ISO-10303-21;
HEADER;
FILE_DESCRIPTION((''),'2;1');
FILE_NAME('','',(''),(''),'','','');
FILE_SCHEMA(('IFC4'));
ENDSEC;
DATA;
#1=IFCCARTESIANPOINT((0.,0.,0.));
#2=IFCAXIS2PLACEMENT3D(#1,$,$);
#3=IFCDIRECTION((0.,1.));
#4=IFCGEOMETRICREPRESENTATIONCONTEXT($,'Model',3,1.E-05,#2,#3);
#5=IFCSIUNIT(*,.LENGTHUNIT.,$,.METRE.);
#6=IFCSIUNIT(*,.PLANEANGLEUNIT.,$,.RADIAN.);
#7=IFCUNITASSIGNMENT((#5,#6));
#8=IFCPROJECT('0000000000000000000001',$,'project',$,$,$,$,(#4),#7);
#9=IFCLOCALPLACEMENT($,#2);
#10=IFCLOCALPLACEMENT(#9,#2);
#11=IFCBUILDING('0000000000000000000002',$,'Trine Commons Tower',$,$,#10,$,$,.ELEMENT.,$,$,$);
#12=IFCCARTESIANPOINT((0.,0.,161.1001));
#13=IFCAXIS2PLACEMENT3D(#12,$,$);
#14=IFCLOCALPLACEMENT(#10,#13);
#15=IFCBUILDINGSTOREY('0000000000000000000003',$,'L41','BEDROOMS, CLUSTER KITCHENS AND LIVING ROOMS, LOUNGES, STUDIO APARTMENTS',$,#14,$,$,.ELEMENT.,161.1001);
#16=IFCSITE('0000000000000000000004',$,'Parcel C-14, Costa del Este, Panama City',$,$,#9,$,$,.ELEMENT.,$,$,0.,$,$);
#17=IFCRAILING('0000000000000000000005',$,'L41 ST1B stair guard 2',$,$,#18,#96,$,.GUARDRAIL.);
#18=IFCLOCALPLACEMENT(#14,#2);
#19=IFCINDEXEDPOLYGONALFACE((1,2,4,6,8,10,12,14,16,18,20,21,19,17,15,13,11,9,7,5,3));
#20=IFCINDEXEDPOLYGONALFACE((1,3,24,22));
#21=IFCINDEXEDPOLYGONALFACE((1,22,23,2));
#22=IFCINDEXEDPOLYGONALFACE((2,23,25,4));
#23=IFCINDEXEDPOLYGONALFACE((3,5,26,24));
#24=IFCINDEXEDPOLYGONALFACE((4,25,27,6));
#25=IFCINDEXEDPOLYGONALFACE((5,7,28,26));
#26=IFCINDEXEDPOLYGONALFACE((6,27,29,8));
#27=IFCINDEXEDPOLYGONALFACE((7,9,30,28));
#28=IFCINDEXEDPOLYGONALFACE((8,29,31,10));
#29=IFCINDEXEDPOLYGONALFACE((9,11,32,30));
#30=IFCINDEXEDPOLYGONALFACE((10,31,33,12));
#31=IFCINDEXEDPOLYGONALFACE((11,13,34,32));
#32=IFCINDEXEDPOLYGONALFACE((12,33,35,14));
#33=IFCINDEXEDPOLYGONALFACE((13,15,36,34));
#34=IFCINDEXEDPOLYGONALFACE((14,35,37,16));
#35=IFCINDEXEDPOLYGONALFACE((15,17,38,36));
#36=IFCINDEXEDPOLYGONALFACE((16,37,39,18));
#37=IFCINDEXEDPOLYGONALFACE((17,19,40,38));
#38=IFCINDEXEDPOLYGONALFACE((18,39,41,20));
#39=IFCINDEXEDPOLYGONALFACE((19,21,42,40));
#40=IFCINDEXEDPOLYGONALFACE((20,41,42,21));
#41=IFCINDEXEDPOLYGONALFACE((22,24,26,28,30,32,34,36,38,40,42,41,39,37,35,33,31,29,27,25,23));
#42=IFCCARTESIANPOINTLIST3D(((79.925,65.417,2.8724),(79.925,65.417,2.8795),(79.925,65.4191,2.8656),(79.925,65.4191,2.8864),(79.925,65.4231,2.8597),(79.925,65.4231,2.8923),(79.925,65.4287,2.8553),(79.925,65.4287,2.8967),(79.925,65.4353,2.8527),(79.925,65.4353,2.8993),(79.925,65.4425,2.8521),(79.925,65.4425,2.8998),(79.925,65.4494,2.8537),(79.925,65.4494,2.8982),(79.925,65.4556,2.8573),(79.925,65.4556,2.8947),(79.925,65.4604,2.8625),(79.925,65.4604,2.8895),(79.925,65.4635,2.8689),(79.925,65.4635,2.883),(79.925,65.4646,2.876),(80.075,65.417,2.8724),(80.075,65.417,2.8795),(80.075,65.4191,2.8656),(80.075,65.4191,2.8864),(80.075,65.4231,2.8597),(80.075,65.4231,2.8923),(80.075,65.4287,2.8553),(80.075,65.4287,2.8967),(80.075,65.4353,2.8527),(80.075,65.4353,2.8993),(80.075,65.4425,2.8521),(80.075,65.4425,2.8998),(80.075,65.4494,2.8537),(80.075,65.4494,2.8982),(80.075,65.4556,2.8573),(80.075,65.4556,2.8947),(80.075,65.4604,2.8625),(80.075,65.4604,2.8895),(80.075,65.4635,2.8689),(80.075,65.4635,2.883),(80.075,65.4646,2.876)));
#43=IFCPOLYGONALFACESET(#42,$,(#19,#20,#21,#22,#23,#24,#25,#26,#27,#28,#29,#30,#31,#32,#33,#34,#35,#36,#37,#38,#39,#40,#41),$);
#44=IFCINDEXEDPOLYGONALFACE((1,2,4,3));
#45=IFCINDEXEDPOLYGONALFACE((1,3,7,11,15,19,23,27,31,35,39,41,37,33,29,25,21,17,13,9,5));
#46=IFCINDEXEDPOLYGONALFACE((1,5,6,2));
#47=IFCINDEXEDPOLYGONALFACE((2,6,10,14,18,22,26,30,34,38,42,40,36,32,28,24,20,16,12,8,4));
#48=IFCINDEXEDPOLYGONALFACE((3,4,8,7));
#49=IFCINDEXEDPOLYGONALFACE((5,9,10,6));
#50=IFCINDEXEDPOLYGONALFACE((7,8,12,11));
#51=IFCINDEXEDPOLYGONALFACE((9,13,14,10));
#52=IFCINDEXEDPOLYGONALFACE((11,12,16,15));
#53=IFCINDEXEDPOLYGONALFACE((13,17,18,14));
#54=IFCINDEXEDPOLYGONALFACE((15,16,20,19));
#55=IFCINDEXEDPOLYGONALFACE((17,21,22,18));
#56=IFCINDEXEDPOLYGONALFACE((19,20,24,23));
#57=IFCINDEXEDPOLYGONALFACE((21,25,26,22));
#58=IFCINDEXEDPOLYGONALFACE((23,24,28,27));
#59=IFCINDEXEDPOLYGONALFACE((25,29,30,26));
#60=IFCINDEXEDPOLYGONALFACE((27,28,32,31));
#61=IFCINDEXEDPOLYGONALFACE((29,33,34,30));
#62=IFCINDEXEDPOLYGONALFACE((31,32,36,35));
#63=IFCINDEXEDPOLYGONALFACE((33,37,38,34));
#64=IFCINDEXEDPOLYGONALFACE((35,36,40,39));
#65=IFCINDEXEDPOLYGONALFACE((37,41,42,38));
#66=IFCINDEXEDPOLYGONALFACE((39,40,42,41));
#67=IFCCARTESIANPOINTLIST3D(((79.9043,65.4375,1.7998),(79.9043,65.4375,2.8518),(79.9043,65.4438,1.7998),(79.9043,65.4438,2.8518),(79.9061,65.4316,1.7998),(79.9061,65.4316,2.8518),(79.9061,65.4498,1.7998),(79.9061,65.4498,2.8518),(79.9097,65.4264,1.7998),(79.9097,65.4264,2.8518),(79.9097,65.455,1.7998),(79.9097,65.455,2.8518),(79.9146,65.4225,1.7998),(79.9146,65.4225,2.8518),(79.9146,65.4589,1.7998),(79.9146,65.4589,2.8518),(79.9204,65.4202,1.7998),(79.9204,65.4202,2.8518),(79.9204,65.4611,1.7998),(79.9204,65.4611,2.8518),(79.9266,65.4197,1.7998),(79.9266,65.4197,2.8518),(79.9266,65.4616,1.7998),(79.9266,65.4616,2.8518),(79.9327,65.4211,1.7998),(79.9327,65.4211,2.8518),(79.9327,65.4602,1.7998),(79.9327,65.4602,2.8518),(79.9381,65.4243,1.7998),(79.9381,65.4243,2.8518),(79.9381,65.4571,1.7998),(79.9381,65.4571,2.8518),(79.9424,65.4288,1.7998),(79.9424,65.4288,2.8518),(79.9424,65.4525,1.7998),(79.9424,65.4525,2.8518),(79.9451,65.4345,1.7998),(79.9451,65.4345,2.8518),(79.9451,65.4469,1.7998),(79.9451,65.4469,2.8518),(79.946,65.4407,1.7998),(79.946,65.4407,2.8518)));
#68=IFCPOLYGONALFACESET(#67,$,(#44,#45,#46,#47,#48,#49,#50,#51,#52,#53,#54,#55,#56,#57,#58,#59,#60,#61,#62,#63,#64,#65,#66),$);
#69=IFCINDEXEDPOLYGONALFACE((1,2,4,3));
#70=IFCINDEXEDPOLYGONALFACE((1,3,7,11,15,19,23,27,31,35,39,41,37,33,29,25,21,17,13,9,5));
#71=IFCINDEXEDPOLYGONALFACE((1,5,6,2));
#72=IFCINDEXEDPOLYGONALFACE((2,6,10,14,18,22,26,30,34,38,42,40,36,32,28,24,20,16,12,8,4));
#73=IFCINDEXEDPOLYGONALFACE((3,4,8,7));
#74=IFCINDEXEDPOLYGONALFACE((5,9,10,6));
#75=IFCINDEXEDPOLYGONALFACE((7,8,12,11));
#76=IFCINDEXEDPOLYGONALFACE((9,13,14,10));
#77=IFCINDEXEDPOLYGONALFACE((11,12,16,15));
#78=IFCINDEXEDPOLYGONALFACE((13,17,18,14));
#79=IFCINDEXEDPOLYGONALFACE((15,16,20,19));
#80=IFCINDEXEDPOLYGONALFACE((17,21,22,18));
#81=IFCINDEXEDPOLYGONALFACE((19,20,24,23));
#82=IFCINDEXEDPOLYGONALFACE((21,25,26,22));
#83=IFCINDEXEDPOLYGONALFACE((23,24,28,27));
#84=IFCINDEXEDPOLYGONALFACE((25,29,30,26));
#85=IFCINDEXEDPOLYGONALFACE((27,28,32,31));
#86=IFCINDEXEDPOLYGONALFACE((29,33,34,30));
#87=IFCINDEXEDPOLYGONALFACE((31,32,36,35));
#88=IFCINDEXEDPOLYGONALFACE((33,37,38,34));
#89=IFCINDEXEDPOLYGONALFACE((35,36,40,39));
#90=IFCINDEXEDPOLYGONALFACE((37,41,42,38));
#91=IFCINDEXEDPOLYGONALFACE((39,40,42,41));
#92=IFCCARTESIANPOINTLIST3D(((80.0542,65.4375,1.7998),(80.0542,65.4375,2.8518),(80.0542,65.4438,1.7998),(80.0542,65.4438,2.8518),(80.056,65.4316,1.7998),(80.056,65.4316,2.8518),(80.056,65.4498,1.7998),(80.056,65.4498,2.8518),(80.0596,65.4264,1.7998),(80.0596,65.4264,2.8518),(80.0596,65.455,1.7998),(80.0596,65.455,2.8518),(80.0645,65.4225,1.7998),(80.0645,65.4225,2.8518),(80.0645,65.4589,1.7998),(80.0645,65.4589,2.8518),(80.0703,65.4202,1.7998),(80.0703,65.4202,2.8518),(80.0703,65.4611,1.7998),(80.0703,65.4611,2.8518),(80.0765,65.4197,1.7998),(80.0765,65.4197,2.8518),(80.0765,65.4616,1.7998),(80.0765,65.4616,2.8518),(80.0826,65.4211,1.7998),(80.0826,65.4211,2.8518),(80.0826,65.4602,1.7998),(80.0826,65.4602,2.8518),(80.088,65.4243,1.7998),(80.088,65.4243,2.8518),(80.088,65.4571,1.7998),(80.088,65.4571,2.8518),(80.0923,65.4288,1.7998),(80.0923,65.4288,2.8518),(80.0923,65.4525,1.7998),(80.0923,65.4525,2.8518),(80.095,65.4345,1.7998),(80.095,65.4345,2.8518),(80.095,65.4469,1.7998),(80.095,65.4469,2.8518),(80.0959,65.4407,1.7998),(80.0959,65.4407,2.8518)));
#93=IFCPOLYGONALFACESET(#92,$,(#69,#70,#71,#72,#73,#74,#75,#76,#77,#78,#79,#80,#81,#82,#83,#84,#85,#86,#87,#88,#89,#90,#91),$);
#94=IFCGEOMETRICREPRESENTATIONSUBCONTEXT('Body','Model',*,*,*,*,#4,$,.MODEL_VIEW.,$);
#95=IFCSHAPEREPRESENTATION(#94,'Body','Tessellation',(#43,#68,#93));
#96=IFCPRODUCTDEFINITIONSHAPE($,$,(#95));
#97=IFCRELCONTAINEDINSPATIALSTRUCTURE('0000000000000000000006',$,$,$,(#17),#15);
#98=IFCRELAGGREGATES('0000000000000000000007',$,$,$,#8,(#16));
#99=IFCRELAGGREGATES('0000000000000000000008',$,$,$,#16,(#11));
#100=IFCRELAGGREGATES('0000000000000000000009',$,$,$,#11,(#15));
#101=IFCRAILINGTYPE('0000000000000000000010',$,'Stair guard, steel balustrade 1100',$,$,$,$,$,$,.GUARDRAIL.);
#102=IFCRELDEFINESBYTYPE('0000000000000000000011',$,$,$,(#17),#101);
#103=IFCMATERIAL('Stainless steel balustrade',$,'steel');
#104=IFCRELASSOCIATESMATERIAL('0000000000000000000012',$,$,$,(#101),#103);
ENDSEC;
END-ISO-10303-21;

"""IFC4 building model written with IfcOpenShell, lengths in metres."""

from ifc_helpers import new_model, si_unit, direction, frame, origin, origin_2d, place, context, subcontext, project, spatial, circle, extrude, material, type_object, element, save


model = new_model("IFC4")

# Units and contexts
model_context = context("Model", 3, precision=1e-05, world=origin(), true_north=direction((0.0, 1.0)))
body_context = subcontext(model_context, "Body", "Model", "MODEL_VIEW")
ifc_project = project(units=[si_unit("LENGTHUNIT", "METRE"), si_unit("PLANEANGLEUNIT", "RADIAN")], contexts=[model_context])

# Site, building, storey
site_placement = place(None, origin())
site = spatial("IfcSite", under=ifc_project, at=site_placement, Name="Parcel C-14, Costa del Este, Panama City", CompositionType="ELEMENT", RefElevation=0.0)
building_placement = place(site_placement, origin())
building = spatial("IfcBuilding", under=site, at=building_placement, Name="Trine Commons Tower", CompositionType="ELEMENT")
storey_placement = place(building_placement, frame((0.0, 0.0, 161.1001)))
storey = spatial("IfcBuildingStorey", under=building, at=storey_placement, Name="L41", Description="BEDROOMS, CLUSTER KITCHENS AND LIVING ROOMS, LOUNGES, STUDIO APARTMENTS", CompositionType="ELEMENT", Elevation=161.1001)

# Railing
ifc_material_1 = material(Name="Stainless steel balustrade", Category="steel")
railing_type_1 = type_object("IfcRailingType", Name="Stair guard, steel balustrade 1100", PredefinedType="GUARDRAIL", material=ifc_material_1)
railing_1_placement = place(storey_placement, frame((79.925, 65.4407, 1.7998)))
element("IfcRailing", 1, at=railing_1_placement, inside=storey, type_object=railing_type_1, Name="L41 ST1B stair guard 2", PredefinedType="GUARDRAIL", context=body_context, shape_type="SweptSolid", body=[
    extrude(circle(Radius=0.0239, at=origin_2d()), frame((0.0, 0.0, 1.0762), z_axis=(1.0, 0.0, 0.0), x_axis=(0.0, 1.0, 0.0)), (0.0, 0.0, 1.0), 0.1499),
    extrude(circle(Radius=0.021, at=origin_2d()), origin(), (0.0, 0.0, 1.0), 1.052),
    extrude(circle(Radius=0.021, at=origin_2d()), frame((0.1499, 0.0, 0.0)), (0.0, 0.0, 1.0), 1.052),
])

save(model, "model.ifc")
